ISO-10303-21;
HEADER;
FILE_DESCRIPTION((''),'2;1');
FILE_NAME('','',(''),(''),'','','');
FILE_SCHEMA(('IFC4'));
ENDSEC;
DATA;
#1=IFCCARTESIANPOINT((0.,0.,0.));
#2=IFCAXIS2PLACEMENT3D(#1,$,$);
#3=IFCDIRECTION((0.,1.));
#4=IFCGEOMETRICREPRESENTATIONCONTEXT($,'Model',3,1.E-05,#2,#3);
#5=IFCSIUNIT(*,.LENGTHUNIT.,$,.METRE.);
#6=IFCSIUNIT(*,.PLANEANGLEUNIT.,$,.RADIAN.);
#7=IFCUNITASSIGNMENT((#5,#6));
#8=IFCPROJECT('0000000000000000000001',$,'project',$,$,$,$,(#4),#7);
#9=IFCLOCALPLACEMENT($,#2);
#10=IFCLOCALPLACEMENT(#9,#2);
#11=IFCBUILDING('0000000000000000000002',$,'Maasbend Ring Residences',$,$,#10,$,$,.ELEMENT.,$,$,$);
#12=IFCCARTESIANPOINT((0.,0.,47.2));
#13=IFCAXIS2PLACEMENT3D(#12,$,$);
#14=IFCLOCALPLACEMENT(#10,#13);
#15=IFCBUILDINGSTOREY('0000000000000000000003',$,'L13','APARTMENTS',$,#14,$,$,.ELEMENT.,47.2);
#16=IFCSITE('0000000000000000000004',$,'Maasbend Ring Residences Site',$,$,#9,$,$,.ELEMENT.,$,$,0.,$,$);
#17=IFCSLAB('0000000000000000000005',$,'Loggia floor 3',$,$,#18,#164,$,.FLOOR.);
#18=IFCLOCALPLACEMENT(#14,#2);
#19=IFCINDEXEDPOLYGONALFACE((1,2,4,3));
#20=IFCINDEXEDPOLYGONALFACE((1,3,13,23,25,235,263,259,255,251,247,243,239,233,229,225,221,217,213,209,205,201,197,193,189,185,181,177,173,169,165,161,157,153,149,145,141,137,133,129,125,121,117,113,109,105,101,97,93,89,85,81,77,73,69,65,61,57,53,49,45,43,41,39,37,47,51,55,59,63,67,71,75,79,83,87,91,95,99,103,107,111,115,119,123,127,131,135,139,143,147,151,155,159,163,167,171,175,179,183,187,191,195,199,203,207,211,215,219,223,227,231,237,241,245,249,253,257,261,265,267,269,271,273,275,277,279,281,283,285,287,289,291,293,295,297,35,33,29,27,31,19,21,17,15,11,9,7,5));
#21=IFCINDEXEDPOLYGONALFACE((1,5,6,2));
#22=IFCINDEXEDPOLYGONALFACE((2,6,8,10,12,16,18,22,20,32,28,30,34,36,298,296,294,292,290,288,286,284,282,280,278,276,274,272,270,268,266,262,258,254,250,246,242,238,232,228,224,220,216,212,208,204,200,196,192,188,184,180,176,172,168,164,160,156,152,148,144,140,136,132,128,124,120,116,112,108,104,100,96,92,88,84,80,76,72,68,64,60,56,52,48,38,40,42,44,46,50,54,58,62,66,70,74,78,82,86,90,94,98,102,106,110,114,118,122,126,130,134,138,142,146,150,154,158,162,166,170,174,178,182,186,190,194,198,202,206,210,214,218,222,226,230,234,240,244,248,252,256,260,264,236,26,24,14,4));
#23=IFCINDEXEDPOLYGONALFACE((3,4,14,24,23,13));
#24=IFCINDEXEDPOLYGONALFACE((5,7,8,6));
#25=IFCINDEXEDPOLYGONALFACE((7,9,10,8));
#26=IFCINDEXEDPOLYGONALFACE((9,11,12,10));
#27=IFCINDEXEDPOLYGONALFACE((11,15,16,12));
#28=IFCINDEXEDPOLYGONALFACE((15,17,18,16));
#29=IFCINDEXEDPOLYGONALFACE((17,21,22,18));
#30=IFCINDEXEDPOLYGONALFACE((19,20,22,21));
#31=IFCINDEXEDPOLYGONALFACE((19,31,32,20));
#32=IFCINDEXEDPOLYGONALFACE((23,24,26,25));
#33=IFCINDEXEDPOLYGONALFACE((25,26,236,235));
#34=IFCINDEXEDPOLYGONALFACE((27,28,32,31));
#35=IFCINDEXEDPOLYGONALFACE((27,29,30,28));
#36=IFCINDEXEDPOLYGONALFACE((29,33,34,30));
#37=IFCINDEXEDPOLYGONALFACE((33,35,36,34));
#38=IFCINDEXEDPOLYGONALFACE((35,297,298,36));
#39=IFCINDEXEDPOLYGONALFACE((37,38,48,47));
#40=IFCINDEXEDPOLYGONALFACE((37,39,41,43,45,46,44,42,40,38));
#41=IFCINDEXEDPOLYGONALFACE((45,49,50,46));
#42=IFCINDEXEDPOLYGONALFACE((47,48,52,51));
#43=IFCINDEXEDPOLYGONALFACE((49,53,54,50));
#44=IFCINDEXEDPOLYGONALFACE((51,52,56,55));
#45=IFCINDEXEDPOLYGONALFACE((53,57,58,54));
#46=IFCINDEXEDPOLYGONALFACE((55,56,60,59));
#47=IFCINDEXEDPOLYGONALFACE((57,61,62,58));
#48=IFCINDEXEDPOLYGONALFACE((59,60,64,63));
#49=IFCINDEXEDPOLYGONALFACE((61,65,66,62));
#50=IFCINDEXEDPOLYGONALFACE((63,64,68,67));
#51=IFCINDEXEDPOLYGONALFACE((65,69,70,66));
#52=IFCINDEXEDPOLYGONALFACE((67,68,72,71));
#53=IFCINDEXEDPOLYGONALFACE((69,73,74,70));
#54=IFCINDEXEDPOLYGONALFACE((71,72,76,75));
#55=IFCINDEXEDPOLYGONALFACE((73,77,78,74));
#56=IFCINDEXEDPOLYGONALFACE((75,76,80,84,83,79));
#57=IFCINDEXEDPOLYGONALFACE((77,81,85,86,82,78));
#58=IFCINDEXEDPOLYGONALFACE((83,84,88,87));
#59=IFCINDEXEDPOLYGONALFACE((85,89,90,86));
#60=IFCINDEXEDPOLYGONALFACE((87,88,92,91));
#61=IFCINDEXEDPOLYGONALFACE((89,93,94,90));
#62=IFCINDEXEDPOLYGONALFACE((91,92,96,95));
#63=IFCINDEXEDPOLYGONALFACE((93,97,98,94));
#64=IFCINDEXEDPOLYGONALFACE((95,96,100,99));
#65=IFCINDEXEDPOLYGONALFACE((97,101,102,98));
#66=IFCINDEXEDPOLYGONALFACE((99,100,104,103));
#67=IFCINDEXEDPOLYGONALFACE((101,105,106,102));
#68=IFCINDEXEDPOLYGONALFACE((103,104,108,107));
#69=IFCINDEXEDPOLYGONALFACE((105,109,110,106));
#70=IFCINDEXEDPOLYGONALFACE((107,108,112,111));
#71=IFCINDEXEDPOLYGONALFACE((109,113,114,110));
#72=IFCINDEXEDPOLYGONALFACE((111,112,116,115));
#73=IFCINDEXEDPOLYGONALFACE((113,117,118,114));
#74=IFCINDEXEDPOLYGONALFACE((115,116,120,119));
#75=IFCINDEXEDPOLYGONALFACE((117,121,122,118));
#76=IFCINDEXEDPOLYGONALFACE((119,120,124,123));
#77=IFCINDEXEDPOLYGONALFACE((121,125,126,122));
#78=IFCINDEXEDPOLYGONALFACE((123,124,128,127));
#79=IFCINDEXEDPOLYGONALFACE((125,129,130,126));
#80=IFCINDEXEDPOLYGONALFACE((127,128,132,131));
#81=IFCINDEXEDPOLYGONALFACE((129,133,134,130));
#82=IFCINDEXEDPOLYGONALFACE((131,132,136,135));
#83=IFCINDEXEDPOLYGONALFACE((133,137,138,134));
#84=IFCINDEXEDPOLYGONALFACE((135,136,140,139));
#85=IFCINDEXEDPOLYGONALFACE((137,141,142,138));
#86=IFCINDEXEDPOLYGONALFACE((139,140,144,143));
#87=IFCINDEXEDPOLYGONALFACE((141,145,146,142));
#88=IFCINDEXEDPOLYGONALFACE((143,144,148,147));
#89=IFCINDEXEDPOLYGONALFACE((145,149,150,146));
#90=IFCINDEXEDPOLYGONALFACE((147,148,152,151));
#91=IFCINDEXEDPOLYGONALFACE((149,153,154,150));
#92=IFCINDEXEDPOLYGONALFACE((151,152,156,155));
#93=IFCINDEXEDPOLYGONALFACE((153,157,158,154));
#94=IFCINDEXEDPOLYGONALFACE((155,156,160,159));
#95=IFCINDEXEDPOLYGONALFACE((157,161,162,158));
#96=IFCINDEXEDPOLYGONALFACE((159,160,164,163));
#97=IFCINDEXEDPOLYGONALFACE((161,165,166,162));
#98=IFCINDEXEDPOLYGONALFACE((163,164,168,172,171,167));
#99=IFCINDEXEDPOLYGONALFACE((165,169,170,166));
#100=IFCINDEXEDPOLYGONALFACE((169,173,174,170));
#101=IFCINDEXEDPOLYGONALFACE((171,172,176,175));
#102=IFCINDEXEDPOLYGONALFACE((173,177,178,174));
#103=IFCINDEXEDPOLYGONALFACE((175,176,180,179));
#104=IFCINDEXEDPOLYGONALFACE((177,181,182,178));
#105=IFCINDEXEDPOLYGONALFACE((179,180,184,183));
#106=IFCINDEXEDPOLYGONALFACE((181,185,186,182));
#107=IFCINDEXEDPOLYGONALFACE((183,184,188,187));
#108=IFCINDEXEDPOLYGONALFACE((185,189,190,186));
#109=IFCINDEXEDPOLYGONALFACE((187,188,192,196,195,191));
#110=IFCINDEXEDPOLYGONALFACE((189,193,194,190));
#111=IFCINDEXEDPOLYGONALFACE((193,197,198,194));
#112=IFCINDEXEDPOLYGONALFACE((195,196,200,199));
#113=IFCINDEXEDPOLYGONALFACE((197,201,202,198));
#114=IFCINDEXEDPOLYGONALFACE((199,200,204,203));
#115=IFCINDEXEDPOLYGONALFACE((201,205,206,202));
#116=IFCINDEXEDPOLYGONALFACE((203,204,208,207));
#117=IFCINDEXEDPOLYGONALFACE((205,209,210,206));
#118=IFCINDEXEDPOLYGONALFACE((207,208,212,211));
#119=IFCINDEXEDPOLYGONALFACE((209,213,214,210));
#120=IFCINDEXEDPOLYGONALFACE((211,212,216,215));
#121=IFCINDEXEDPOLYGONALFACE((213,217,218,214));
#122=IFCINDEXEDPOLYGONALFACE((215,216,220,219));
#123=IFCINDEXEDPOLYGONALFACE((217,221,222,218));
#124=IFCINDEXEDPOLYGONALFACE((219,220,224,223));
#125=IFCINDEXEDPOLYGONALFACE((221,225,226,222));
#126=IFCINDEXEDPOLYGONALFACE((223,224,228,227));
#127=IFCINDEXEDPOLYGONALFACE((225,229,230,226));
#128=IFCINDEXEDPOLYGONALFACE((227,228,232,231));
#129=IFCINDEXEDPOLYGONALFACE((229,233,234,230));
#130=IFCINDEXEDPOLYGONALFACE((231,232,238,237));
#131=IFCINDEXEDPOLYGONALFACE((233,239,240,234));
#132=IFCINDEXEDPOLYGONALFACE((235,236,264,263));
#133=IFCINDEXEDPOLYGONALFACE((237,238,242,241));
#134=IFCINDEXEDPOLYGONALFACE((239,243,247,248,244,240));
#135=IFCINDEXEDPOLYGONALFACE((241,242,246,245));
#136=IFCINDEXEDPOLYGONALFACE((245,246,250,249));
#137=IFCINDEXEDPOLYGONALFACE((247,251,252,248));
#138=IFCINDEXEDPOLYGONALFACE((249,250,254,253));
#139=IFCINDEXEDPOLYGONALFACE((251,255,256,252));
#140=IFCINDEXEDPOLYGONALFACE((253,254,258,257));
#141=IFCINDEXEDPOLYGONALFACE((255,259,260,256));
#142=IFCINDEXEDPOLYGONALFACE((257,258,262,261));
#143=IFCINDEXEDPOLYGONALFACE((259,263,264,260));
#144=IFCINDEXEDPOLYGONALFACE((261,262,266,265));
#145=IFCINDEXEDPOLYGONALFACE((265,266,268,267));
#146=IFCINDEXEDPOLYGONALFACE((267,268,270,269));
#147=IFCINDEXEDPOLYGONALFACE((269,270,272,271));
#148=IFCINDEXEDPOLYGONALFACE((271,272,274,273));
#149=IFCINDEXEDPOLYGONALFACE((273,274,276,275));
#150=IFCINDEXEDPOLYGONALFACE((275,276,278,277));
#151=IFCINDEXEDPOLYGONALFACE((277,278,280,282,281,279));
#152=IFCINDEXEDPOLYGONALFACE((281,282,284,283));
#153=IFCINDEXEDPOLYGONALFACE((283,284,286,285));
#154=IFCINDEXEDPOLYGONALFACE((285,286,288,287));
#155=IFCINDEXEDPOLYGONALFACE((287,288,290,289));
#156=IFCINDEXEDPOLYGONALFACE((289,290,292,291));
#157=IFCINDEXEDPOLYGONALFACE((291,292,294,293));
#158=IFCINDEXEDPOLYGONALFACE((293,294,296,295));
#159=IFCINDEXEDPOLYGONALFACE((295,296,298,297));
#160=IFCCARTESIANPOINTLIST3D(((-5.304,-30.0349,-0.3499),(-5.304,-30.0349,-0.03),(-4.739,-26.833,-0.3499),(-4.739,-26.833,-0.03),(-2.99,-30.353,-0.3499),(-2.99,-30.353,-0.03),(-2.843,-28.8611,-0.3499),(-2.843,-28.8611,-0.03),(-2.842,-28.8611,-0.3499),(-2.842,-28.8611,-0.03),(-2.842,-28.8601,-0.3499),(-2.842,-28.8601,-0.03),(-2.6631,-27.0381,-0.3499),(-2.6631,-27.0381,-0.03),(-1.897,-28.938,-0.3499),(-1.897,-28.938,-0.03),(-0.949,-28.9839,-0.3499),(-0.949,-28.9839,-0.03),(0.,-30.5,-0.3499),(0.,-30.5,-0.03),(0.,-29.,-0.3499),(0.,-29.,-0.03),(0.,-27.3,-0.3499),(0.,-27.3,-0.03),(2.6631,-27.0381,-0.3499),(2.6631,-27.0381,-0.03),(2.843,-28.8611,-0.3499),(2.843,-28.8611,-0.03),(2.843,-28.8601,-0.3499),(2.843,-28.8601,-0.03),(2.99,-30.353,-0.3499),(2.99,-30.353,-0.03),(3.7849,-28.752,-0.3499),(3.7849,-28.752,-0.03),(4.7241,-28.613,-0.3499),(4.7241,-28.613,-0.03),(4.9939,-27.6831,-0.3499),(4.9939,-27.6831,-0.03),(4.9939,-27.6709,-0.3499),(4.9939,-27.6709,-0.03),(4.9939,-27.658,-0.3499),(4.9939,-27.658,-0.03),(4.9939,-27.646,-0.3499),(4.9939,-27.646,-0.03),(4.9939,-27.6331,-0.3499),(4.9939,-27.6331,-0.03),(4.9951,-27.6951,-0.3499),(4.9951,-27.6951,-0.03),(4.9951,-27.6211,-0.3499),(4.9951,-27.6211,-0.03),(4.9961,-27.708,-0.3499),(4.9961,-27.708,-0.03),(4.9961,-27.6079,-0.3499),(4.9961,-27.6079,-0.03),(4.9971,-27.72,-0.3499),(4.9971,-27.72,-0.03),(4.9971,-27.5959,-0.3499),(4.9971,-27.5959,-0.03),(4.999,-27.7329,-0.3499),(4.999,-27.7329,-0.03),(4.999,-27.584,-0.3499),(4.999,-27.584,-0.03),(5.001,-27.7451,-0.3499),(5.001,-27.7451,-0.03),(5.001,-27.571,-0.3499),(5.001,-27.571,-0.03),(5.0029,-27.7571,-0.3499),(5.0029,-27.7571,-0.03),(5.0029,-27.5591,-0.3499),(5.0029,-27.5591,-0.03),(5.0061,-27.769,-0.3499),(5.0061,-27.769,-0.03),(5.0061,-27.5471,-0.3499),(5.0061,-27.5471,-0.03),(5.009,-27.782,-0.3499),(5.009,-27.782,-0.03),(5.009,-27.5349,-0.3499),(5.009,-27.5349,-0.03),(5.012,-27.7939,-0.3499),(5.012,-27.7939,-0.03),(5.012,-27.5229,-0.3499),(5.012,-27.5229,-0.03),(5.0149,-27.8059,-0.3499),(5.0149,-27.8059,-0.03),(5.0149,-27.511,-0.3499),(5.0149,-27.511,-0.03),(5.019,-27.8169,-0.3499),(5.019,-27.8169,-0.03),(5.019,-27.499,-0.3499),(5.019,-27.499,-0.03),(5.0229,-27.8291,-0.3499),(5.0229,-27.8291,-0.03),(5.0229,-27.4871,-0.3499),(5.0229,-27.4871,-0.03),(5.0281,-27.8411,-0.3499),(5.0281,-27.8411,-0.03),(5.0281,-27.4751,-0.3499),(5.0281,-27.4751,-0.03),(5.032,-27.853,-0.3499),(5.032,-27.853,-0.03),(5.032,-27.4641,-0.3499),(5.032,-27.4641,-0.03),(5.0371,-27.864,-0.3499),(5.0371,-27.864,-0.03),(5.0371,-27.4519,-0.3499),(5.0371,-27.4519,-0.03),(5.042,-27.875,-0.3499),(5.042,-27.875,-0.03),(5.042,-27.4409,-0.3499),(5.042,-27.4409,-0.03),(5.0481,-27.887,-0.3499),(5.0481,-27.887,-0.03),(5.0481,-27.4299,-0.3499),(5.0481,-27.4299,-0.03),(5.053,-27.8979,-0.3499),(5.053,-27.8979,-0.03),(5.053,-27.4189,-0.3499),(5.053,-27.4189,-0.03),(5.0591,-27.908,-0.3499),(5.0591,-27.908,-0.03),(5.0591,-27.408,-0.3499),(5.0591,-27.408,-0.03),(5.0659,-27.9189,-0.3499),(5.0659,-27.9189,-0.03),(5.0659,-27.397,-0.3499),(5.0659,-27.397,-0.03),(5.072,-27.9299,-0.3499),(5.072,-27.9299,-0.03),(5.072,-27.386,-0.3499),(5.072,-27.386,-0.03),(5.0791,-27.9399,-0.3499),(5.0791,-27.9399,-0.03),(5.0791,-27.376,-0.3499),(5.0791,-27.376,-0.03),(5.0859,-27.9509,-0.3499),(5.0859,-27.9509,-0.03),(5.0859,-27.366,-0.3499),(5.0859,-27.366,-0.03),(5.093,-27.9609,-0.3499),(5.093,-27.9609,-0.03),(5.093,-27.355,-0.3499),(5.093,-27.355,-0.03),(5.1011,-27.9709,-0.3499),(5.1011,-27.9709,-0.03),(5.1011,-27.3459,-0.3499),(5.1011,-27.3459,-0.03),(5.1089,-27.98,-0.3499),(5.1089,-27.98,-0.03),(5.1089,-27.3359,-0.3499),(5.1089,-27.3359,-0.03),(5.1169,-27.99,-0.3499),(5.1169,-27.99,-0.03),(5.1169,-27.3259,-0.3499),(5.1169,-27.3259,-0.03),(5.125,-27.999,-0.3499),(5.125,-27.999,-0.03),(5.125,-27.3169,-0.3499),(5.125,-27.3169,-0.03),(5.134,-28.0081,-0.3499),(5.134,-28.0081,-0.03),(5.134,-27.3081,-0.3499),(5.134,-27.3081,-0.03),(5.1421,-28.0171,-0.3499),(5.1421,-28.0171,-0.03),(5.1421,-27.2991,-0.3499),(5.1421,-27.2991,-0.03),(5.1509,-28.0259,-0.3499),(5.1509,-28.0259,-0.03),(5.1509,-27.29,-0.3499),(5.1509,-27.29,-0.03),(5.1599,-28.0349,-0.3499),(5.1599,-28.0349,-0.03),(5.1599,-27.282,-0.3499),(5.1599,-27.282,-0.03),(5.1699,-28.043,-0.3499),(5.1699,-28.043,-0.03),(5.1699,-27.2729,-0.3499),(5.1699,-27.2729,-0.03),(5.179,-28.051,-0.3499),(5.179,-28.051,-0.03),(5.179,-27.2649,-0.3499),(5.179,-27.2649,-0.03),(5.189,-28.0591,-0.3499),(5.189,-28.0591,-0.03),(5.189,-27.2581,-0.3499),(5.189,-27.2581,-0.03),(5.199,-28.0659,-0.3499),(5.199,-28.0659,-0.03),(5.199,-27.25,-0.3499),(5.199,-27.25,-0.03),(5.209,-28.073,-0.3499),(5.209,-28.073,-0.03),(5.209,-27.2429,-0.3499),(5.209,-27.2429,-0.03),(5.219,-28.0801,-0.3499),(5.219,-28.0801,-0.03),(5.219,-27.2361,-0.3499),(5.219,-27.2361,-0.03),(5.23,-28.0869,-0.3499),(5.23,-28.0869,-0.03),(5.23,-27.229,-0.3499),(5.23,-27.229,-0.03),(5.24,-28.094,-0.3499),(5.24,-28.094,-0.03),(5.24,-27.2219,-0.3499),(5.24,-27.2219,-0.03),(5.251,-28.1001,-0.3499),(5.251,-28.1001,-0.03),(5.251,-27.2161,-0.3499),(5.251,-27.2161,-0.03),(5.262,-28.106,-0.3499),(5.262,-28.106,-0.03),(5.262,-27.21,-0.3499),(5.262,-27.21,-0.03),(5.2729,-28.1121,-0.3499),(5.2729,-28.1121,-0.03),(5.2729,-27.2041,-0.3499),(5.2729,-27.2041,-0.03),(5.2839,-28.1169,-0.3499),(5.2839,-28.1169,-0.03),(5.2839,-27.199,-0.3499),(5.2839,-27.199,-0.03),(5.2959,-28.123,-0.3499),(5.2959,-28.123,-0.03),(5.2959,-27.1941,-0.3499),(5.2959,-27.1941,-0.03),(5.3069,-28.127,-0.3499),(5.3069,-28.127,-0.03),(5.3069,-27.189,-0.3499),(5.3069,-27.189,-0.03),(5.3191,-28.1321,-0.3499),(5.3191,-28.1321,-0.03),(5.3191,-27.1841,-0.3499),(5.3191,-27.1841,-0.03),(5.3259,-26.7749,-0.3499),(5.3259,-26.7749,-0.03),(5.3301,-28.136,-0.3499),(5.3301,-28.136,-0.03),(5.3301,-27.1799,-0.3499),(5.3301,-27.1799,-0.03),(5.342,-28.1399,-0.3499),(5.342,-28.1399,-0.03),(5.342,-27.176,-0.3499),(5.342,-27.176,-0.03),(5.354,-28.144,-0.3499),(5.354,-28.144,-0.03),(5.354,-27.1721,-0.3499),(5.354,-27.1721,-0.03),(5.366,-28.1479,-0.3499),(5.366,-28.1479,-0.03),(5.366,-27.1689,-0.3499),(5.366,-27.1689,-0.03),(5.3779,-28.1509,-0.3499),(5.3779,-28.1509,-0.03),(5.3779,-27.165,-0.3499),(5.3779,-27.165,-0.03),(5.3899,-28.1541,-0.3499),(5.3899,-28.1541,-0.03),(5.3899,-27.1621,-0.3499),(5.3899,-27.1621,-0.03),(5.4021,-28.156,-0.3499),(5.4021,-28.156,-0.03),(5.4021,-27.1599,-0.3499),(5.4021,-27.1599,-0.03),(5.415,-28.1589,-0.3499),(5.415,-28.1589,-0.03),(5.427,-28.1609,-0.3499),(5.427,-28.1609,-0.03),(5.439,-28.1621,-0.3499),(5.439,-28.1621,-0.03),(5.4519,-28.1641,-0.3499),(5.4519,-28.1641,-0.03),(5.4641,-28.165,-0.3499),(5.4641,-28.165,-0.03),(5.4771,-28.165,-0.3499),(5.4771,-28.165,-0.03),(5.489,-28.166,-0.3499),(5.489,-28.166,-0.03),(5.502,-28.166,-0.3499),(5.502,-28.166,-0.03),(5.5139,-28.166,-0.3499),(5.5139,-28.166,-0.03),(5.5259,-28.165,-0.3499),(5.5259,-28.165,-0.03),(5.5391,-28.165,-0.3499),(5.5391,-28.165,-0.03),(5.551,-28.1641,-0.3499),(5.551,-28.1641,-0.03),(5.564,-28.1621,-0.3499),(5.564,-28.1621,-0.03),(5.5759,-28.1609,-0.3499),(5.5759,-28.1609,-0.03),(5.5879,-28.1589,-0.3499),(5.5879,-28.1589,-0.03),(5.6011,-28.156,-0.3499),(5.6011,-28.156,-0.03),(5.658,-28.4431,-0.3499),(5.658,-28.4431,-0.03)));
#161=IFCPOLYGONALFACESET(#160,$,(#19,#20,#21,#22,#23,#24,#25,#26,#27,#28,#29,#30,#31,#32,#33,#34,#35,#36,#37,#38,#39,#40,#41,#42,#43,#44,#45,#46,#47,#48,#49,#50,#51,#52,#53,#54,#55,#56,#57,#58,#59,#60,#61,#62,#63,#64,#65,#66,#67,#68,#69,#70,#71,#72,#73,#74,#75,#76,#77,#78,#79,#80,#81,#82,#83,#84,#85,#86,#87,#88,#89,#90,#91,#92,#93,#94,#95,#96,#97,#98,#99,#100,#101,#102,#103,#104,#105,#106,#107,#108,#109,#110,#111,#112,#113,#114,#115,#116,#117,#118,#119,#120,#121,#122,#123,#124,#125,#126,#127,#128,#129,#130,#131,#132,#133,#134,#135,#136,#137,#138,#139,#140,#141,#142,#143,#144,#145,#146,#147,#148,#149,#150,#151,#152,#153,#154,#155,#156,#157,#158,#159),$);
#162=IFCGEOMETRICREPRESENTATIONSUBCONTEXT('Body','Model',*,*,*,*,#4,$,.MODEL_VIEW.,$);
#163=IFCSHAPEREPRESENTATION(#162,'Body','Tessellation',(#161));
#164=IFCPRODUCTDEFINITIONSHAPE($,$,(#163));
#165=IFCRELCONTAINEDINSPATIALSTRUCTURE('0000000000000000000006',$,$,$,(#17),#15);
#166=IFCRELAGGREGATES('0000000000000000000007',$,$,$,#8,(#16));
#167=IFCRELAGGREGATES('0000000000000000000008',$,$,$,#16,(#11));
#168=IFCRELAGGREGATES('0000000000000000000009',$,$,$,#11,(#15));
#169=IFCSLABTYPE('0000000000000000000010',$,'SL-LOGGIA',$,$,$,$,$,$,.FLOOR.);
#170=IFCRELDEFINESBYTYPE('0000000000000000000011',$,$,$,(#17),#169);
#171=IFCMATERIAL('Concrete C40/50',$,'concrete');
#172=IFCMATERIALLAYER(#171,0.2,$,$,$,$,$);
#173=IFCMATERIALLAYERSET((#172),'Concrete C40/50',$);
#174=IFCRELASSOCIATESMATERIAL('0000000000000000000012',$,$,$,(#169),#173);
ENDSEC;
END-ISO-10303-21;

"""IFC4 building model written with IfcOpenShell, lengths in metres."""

from ifc_helpers import new_model, si_unit, direction, frame, origin, place, context, subcontext, project, spatial, polyline, outline, extrude, material, layer, layer_set, type_object, element, save


model = new_model("IFC4")

# Units and contexts
model_context = context("Model", 3, precision=1e-05, world=origin(), true_north=direction((0.0, 1.0)))
body_context = subcontext(model_context, "Body", "Model", "MODEL_VIEW")
ifc_project = project(units=[si_unit("LENGTHUNIT", "METRE"), si_unit("PLANEANGLEUNIT", "RADIAN")], contexts=[model_context])

# Site, building, storey
site_placement = place(None, origin())
site = spatial("IfcSite", under=ifc_project, at=site_placement, Name="Maasbend Ring Residences Site", CompositionType="ELEMENT", RefElevation=0.0)
building_placement = place(site_placement, origin())
building = spatial("IfcBuilding", under=site, at=building_placement, Name="Maasbend Ring Residences", CompositionType="ELEMENT")
storey_placement = place(building_placement, frame((0.0, 0.0, 47.2)))
storey = spatial("IfcBuildingStorey", under=building, at=storey_placement, Name="L13", Description="APARTMENTS", CompositionType="ELEMENT", Elevation=47.2)

# Slab
ifc_material_1 = material(Name="Concrete C40/50", Category="concrete")
ifc_layer_1 = layer(ifc_material_1, 0.2)
ifc_layer_set_1 = layer_set([ifc_layer_1], Name="Concrete C40/50")
slab_type = type_object("IfcSlabType", Name="SL-LOGGIA", PredefinedType="FLOOR", material=ifc_layer_set_1)
slab_1_placement = place(storey_placement, frame((0.0, 0.0, -0.3499)))
element("IfcSlab", 1, at=slab_1_placement, inside=storey, type_object=slab_type, Name="Loggia floor 3", PredefinedType="FLOOR", context=body_context, shape_type="SweptSolid", body=[
    extrude(outline(polyline([(-2.6631, -27.0381), (0.0, -27.3), (0.0, -27.3), (0.0, -27.3), (2.6631, -27.0381), (5.3259, -26.7749), (5.3259, -26.7749), (5.3259, -26.7749), (5.4021, -27.1599), (5.4021, -27.1599), (5.3899, -27.1621), (5.3779, -27.165), (5.366, -27.1689), (5.354, -27.1721), (5.342, -27.176), (5.3301, -27.1799), (5.3191, -27.1841), (5.3069, -27.189), (5.2959, -27.1941), (5.2839, -27.199), (5.2729, -27.2041), (5.262, -27.21), (5.251, -27.2161), (5.24, -27.2219), (5.23, -27.229), (5.219, -27.2361), (5.209, -27.2429), (5.199, -27.25), (5.189, -27.2581), (5.179, -27.2649), (5.1699, -27.2729), (5.1599, -27.282), (5.1509, -27.29), (5.1421, -27.2991), (5.134, -27.3081), (5.125, -27.3169), (5.1169, -27.3259), (5.1089, -27.3359), (5.1011, -27.3459), (5.093, -27.355), (5.0859, -27.366), (5.0791, -27.376), (5.072, -27.386), (5.0659, -27.397), (5.0591, -27.408), (5.053, -27.4189), (5.0481, -27.4299), (5.042, -27.4409), (5.0371, -27.4519), (5.032, -27.4641), (5.0281, -27.4751), (5.0229, -27.4871), (5.019, -27.499), (5.0149, -27.511), (5.012, -27.5229), (5.009, -27.5349), (5.0061, -27.5471), (5.0029, -27.5591), (5.001, -27.571), (4.999, -27.584), (4.9971, -27.5959), (4.9961, -27.6079), (4.9951, -27.6211), (4.9939, -27.6331), (4.9939, -27.646), (4.9939, -27.658), (4.9939, -27.6709), (4.9939, -27.6831), (4.9951, -27.6951), (4.9961, -27.708), (4.9971, -27.72), (4.999, -27.7329), (5.001, -27.7451), (5.0029, -27.7571), (5.0061, -27.769), (5.009, -27.782), (5.012, -27.7939), (5.0149, -27.8059), (5.019, -27.8169), (5.0229, -27.8291), (5.0281, -27.8411), (5.032, -27.853), (5.0371, -27.864), (5.042, -27.875), (5.0481, -27.887), (5.053, -27.8979), (5.0591, -27.908), (5.0659, -27.9189), (5.072, -27.9299), (5.0791, -27.9399), (5.0859, -27.9509), (5.093, -27.9609), (5.1011, -27.9709), (5.1089, -27.98), (5.1169, -27.99), (5.125, -27.999), (5.134, -28.0081), (5.1421, -28.0171), (5.1509, -28.0259), (5.1599, -28.0349), (5.1699, -28.043), (5.179, -28.051), (5.189, -28.0591), (5.199, -28.0659), (5.209, -28.073), (5.219, -28.0801), (5.23, -28.0869), (5.24, -28.094), (5.251, -28.1001), (5.262, -28.106), (5.2729, -28.1121), (5.2839, -28.1169), (5.2959, -28.123), (5.3069, -28.127), (5.3191, -28.1321), (5.3301, -28.136), (5.342, -28.1399), (5.354, -28.144), (5.366, -28.1479), (5.3779, -28.1509), (5.3899, -28.1541), (5.4021, -28.156), (5.415, -28.1589), (5.427, -28.1609), (5.439, -28.1621), (5.4519, -28.1641), (5.4641, -28.165), (5.4771, -28.165), (5.489, -28.166), (5.502, -28.166), (5.5139, -28.166), (5.5259, -28.165), (5.5391, -28.165), (5.551, -28.1641), (5.564, -28.1621), (5.5759, -28.1609), (5.5879, -28.1589), (5.6011, -28.156), (5.6011, -28.156), (5.658, -28.4431), (5.658, -28.4431), (5.658, -28.4431), (4.7241, -28.613), (4.7241, -28.613), (3.7849, -28.752), (3.7849, -28.752), (2.843, -28.8601), (2.843, -28.8601), (2.843, -28.8601), (2.843, -28.8601), (2.843, -28.8601), (2.843, -28.8601), (2.843, -28.8601), (2.843, -28.8601), (2.843, -28.8601), (2.843, -28.8611), (2.843, -28.8611), (2.843, -28.8611), (2.843, -28.8611), (2.843, -28.8611), (2.843, -28.8611), (2.843, -28.8611), (2.843, -28.8611), (2.99, -30.353), (2.99, -30.353), (2.99, -30.353), (0.0, -30.5), (0.0, -30.5), (0.0, -30.5), (0.0, -29.0), (0.0, -29.0), (0.0, -29.0), (0.0, -29.0), (0.0, -29.0), (0.0, -29.0), (0.0, -29.0), (0.0, -29.0), (0.0, -29.0), (0.0, -29.0), (0.0, -29.0), (0.0, -29.0), (0.0, -29.0), (0.0, -29.0), (0.0, -29.0), (0.0, -29.0), (0.0, -29.0), (-0.949, -28.9839), (-0.949, -28.9839), (-1.897, -28.938), (-1.897, -28.938), (-2.842, -28.8601), (-2.842, -28.8601), (-2.842, -28.8601), (-2.842, -28.8601), (-2.842, -28.8601), (-2.842, -28.8601), (-2.842, -28.8601), (-2.842, -28.8601), (-2.842, -28.8611), (-2.842, -28.8611), (-2.842, -28.8611), (-2.842, -28.8611), (-2.842, -28.8611), (-2.843, -28.8611), (-2.843, -28.8611), (-2.843, -28.8611), (-2.843, -28.8611), (-2.99, -30.353), (-2.99, -30.353), (-2.99, -30.353), (-5.304, -30.0349), (-5.304, -30.0349), (-5.304, -30.0349), (-4.739, -26.833), (-4.739, -26.833), (-4.739, -26.833), (-2.6631, -27.0381)])), origin(), (0.0, 0.0, 1.0), 0.3198),
])

save(model, "model.ifc")
